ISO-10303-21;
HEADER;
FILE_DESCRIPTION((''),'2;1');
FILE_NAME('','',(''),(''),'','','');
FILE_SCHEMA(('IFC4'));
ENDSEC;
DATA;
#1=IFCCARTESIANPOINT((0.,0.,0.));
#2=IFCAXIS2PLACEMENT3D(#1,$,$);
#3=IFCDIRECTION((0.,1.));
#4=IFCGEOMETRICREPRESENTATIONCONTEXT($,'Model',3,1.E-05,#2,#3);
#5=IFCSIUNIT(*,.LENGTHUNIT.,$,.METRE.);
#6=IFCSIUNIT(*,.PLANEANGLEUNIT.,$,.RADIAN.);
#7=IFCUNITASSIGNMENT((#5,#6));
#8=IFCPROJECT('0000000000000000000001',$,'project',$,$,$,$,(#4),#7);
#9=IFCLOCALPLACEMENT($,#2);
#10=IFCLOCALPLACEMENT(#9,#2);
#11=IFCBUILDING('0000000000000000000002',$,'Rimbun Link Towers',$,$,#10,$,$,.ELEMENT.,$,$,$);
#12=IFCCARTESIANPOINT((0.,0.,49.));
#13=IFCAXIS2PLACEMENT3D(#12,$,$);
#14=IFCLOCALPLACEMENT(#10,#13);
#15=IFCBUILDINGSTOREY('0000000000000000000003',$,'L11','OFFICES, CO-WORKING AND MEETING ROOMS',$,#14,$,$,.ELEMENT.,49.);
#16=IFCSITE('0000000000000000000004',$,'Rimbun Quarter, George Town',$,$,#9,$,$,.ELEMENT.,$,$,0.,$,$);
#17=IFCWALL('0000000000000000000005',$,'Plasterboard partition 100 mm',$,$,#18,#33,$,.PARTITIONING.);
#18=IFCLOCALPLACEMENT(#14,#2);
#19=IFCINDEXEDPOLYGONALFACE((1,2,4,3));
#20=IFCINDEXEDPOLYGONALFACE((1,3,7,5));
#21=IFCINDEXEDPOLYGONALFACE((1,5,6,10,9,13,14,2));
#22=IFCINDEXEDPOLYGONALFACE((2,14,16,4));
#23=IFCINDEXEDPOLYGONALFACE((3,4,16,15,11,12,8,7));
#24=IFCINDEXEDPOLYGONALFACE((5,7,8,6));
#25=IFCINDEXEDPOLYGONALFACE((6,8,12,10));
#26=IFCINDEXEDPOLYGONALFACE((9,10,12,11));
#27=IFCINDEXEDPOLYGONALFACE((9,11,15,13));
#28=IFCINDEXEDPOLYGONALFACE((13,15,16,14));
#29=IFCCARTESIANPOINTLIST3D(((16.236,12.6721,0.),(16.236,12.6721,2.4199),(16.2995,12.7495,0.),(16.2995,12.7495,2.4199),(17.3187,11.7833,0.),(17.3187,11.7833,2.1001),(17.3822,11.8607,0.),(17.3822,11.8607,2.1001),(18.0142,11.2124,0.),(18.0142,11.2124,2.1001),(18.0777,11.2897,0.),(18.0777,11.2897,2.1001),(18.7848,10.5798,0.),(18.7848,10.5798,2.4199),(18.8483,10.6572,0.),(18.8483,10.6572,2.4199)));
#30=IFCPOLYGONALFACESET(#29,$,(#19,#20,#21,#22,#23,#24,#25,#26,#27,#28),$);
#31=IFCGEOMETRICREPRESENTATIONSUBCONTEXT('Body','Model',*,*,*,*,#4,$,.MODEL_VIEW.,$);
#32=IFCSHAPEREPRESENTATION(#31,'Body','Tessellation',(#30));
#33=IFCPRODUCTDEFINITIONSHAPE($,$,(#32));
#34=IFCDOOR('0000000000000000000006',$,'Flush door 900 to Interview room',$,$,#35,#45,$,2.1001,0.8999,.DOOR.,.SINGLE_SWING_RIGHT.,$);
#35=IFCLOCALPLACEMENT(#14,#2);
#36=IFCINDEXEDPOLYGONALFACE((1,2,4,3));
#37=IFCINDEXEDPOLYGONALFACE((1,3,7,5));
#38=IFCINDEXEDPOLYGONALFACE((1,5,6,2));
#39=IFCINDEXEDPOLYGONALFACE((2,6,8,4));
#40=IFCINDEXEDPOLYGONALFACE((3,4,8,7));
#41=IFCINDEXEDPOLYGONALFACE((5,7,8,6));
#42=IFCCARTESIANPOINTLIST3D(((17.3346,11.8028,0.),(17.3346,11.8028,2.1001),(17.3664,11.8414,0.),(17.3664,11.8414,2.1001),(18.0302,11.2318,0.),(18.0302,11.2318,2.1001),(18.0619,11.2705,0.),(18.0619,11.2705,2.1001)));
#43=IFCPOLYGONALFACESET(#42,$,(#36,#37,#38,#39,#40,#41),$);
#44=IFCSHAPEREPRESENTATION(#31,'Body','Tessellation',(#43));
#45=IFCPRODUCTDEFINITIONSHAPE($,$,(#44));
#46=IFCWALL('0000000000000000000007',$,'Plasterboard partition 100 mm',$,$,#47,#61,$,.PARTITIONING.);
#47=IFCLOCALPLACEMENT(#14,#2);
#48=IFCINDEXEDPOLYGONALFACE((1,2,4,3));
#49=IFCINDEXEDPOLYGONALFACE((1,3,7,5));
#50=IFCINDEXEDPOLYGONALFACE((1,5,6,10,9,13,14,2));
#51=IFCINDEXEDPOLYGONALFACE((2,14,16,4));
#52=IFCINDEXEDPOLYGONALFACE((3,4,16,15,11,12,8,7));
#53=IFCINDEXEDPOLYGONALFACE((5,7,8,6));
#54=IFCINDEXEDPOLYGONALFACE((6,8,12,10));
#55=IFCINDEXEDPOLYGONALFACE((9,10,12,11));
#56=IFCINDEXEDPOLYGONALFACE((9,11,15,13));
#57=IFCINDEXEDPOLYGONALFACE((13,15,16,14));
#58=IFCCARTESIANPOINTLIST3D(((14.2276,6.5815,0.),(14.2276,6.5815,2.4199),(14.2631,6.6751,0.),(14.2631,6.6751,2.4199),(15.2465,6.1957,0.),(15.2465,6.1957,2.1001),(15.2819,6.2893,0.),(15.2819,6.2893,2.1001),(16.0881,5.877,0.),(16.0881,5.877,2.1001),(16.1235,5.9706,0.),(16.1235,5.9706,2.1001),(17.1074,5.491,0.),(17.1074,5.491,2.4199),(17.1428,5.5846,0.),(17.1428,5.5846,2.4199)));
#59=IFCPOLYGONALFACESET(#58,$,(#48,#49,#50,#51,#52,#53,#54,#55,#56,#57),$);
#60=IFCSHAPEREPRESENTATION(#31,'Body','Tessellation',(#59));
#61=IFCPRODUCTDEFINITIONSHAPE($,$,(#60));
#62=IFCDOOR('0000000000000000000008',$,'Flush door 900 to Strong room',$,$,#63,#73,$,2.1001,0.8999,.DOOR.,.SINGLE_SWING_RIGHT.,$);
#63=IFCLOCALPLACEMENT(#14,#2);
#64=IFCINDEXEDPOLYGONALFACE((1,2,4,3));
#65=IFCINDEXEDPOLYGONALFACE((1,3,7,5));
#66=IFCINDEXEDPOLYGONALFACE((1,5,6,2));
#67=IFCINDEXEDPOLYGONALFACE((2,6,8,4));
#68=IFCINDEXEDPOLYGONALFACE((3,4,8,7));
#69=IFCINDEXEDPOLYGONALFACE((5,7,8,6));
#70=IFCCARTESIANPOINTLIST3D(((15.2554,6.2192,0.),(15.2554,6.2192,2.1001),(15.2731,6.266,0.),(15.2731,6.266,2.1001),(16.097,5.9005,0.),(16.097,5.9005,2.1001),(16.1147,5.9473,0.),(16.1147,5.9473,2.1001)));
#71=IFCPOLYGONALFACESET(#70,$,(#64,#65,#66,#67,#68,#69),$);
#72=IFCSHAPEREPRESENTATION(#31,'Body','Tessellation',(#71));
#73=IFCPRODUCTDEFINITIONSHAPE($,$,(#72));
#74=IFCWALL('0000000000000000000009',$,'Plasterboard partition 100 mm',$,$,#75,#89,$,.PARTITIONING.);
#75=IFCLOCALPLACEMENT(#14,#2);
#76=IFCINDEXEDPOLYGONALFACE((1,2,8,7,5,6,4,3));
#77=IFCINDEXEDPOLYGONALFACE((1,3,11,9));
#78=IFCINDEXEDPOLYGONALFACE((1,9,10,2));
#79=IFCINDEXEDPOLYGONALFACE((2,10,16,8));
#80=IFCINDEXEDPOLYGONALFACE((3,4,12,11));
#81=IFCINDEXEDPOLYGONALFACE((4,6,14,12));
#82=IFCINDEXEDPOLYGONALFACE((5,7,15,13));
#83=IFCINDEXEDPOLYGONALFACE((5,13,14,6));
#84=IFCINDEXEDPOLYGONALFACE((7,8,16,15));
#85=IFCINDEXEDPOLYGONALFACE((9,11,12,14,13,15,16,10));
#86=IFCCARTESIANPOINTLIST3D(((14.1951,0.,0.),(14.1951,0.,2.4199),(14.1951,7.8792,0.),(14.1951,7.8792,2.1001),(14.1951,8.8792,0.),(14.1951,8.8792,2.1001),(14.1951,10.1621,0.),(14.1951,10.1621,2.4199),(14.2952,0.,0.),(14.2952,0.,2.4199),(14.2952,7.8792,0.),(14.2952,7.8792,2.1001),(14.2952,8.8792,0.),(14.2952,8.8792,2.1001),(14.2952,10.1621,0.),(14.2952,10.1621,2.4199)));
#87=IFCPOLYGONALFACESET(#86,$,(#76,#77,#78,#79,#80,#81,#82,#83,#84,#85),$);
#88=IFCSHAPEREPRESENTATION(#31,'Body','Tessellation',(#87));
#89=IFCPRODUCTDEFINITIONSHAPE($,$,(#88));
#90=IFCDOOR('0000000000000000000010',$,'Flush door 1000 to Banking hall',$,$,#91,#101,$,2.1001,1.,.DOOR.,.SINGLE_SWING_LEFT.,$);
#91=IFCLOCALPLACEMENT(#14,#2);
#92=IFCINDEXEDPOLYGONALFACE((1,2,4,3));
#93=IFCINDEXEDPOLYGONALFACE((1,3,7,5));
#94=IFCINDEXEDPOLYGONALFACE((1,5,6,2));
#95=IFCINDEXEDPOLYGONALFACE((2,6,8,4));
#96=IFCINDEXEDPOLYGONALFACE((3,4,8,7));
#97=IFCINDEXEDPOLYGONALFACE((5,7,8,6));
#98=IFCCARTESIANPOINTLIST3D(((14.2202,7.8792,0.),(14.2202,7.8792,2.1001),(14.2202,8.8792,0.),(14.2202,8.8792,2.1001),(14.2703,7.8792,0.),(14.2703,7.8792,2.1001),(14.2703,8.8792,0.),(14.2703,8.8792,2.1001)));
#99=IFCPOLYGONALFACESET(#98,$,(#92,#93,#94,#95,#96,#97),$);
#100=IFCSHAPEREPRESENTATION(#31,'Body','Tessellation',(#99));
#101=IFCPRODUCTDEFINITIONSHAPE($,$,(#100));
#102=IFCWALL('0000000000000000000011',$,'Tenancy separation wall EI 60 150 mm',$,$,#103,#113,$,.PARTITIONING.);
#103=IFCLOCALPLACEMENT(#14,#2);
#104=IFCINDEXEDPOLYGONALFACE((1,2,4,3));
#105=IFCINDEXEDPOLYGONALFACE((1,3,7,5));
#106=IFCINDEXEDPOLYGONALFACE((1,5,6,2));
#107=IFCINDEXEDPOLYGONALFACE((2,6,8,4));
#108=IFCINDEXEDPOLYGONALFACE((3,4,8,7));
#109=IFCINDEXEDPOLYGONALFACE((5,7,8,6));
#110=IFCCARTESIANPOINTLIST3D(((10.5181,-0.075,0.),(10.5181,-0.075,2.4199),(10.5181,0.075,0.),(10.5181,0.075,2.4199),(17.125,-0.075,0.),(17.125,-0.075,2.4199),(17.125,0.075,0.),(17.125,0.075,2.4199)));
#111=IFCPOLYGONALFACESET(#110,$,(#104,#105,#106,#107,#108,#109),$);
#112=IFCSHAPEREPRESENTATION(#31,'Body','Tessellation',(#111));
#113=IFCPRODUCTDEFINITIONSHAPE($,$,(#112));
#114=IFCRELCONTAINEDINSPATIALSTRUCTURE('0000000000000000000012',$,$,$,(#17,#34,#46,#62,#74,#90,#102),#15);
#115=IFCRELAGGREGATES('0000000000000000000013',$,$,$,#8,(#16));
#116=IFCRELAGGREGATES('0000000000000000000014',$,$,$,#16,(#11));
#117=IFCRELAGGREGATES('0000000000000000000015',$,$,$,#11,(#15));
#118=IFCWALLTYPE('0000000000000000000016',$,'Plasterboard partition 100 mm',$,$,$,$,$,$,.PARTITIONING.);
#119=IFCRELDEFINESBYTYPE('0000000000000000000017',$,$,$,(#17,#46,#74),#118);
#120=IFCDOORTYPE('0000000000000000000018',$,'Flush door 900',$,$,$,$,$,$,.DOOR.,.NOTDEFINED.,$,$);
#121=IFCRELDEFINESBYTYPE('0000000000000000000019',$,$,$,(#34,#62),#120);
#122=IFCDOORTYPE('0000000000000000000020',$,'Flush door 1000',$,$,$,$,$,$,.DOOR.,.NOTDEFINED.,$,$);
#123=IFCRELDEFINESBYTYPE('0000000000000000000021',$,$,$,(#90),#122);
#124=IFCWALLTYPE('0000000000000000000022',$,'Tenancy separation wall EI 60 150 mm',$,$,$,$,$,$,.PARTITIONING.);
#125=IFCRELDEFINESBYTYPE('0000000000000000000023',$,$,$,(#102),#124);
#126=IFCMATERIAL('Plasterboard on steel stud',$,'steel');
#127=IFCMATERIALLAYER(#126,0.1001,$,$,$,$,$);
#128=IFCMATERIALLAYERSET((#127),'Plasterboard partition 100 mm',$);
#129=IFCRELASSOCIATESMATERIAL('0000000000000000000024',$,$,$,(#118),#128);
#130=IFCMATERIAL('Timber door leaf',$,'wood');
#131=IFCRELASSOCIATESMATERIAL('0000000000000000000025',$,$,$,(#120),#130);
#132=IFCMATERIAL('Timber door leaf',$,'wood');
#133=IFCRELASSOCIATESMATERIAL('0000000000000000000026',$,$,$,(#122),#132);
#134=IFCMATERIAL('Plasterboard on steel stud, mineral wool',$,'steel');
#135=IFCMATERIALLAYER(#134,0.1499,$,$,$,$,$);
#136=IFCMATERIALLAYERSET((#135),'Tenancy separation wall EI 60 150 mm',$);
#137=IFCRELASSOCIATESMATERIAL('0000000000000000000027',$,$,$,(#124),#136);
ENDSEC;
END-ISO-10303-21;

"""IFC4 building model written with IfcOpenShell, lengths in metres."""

from ifc_helpers import new_model, si_unit, direction, frame, frame_2d, origin, place, context, subcontext, project, spatial, rectangle, extrude, material, layer, layer_set, type_object, element, fill, save


model = new_model("IFC4")

# Units and contexts
model_context = context("Model", 3, precision=1e-05, world=origin(), true_north=direction((0.0, 1.0)))
body_context = subcontext(model_context, "Body", "Model", "MODEL_VIEW")
ifc_project = project(units=[si_unit("LENGTHUNIT", "METRE"), si_unit("PLANEANGLEUNIT", "RADIAN")], contexts=[model_context])

# Site, building, storey
site_placement = place(None, origin())
site = spatial("IfcSite", under=ifc_project, at=site_placement, Name="Rimbun Quarter, George Town", CompositionType="ELEMENT", RefElevation=0.0)
building_placement = place(site_placement, origin())
building = spatial("IfcBuilding", under=site, at=building_placement, Name="Rimbun Link Towers", CompositionType="ELEMENT")
storey_placement = place(building_placement, frame((0.0, 0.0, 49.0)))
storey = spatial("IfcBuildingStorey", under=building, at=storey_placement, Name="L11", Description="OFFICES, CO-WORKING AND MEETING ROOMS", CompositionType="ELEMENT", Elevation=49.0)

# Walls, openings, doors
ifc_material_1 = material(Name="Plasterboard on steel stud", Category="steel")
ifc_layer_1 = layer(ifc_material_1, 0.1001)
ifc_layer_set_1 = layer_set([ifc_layer_1], Name="Plasterboard partition 100 mm")
wall_type_1 = type_object("IfcWallType", Name="Plasterboard partition 100 mm", PredefinedType="PARTITIONING", material=ifc_layer_set_1)
wall_1_placement = place(storey_placement, frame((18.8167, 10.6184, 0.0), z_axis=(0.0, 0.0, 1.0), x_axis=(-0.772934, 0.634487, 0.0)))
wall_1 = element("IfcWall", 1, at=wall_1_placement, inside=storey, type_object=wall_type_1, Name="Plasterboard partition 100 mm", PredefinedType="PARTITIONING", context=body_context, shape_type="SweptSolid", body=[
    extrude(rectangle(XDim=3.2976, YDim=0.1001, at=frame_2d((1.6489, 0.0))), origin(), (0.0, 0.0, 1.0), 2.4199),
])
opening_1_placement = place(wall_1_placement, frame((0.9971, 0.0, 0.0)))
opening_1 = element("IfcOpeningElement", 2, at=opening_1_placement, cuts=wall_1, PredefinedType="OPENING", context=body_context, shape_type="SweptSolid", body=[
    extrude(rectangle(XDim=0.8999, YDim=2.1001, at=frame_2d((0.45, 1.05))), frame((0.0, 0.0601, 0.0), z_axis=(0.0, -1.0, 0.0), x_axis=(1.0, 0.0, 0.0)), (0.0, 0.0, 1.0), 0.1201),
])
ifc_material_2 = material(Name="Timber door leaf", Category="wood")
door_type_1 = type_object("IfcDoorType", Name="Flush door 900", OperationType="NOTDEFINED", PredefinedType="DOOR", material=ifc_material_2)
door_1_placement = place(opening_1_placement, origin())
door_1 = element("IfcDoor", 3, at=door_1_placement, inside=storey, type_object=door_type_1, Name="Flush door 900 to Interview room", OperationType="SINGLE_SWING_RIGHT", OverallHeight=2.1001, OverallWidth=0.8999, PredefinedType="DOOR", context=body_context, shape_type="SweptSolid", body=[
    extrude(rectangle(XDim=0.8999, YDim=2.1001, at=frame_2d((0.45, 1.05))), frame((0.0, 0.0249, 0.0), z_axis=(0.0, -1.0, 0.0), x_axis=(1.0, 0.0, 0.0)), (0.0, 0.0, 1.0), 0.05),
])
fill(opening_1, door_1)
wall_2_placement = place(storey_placement, frame((17.125, 5.5378, 0.0), z_axis=(0.0, 0.0, 1.0), x_axis=(-0.93519, 0.354145, 0.0)))
wall_2 = element("IfcWall", 4, at=wall_2_placement, inside=storey, type_object=wall_type_1, Name="Plasterboard partition 100 mm", PredefinedType="PARTITIONING", context=body_context, shape_type="SweptSolid", body=[
    extrude(rectangle(XDim=3.0793, YDim=0.1001, at=frame_2d((1.5396, 0.0))), origin(), (0.0, 0.0, 1.0), 2.4199),
])
opening_2_placement = place(wall_2_placement, frame((1.0898, 0.0, 0.0)))
opening_2 = element("IfcOpeningElement", 5, at=opening_2_placement, cuts=wall_2, PredefinedType="OPENING", context=body_context, shape_type="SweptSolid", body=[
    extrude(rectangle(XDim=0.8999, YDim=2.1001, at=frame_2d((0.45, 1.05))), frame((0.0, 0.0601, 0.0), z_axis=(0.0, -1.0, 0.0), x_axis=(1.0, 0.0, 0.0)), (0.0, 0.0, 1.0), 0.1201),
])
door_2_placement = place(opening_2_placement, origin())
door_2 = element("IfcDoor", 6, at=door_2_placement, inside=storey, type_object=door_type_1, Name="Flush door 900 to Strong room", OperationType="SINGLE_SWING_RIGHT", OverallHeight=2.1001, OverallWidth=0.8999, PredefinedType="DOOR", context=body_context, shape_type="SweptSolid", body=[
    extrude(rectangle(XDim=0.8999, YDim=2.1001, at=frame_2d((0.45, 1.05))), frame((0.0, 0.0249, 0.0), z_axis=(0.0, -1.0, 0.0), x_axis=(1.0, 0.0, 0.0)), (0.0, 0.0, 1.0), 0.05),
])
fill(opening_2, door_2)
wall_3_placement = place(storey_placement, frame((14.2451, 0.0, 0.0), z_axis=(0.0, 0.0, 1.0), x_axis=(0.0, 1.0, 0.0)))
wall_3 = element("IfcWall", 7, at=wall_3_placement, inside=storey, type_object=wall_type_1, Name="Plasterboard partition 100 mm", PredefinedType="PARTITIONING", context=body_context, shape_type="SweptSolid", body=[
    extrude(rectangle(XDim=10.1621, YDim=0.1001, at=frame_2d((5.0811, 0.0))), origin(), (0.0, 0.0, 1.0), 2.4199),
])
opening_3_placement = place(wall_3_placement, frame((7.8792, 0.0, 0.0)))
opening_3 = element("IfcOpeningElement", 8, at=opening_3_placement, cuts=wall_3, PredefinedType="OPENING", context=body_context, shape_type="SweptSolid", body=[
    extrude(rectangle(XDim=1.0, YDim=2.1001, at=frame_2d((0.5, 1.05))), frame((0.0, 0.0601, 0.0), z_axis=(0.0, -1.0, 0.0), x_axis=(1.0, 0.0, 0.0)), (0.0, 0.0, 1.0), 0.1201),
])
ifc_material_3 = material(Name="Timber door leaf", Category="wood")
door_type_2 = type_object("IfcDoorType", Name="Flush door 1000", OperationType="NOTDEFINED", PredefinedType="DOOR", material=ifc_material_3)
door_3_placement = place(opening_3_placement, origin())
door_3 = element("IfcDoor", 9, at=door_3_placement, inside=storey, type_object=door_type_2, Name="Flush door 1000 to Banking hall", OperationType="SINGLE_SWING_LEFT", OverallHeight=2.1001, OverallWidth=1.0, PredefinedType="DOOR", context=body_context, shape_type="SweptSolid", body=[
    extrude(rectangle(XDim=1.0, YDim=2.1001, at=frame_2d((0.5, 1.05))), frame((0.0, 0.0249, 0.0), z_axis=(0.0, -1.0, 0.0), x_axis=(1.0, 0.0, 0.0)), (0.0, 0.0, 1.0), 0.05),
])
fill(opening_3, door_3)

# Wall
ifc_material_4 = material(Name="Plasterboard on steel stud, mineral wool", Category="steel")
ifc_layer_2 = layer(ifc_material_4, 0.1499)
ifc_layer_set_2 = layer_set([ifc_layer_2], Name="Tenancy separation wall EI 60 150 mm")
wall_type_2 = type_object("IfcWallType", Name="Tenancy separation wall EI 60 150 mm", PredefinedType="PARTITIONING", material=ifc_layer_set_2)
wall_4_placement = place(storey_placement, frame((17.125, 0.0, 0.0), z_axis=(0.0, 0.0, 1.0), x_axis=(-1.0, 0.0, 0.0)))
element("IfcWall", 10, at=wall_4_placement, inside=storey, type_object=wall_type_2, Name="Tenancy separation wall EI 60 150 mm", PredefinedType="PARTITIONING", context=body_context, shape_type="SweptSolid", body=[
    extrude(rectangle(XDim=6.6069, YDim=0.1499, at=frame_2d((3.3035, 0.0))), origin(), (0.0, 0.0, 1.0), 2.4199),
])

save(model, "model.ifc")
